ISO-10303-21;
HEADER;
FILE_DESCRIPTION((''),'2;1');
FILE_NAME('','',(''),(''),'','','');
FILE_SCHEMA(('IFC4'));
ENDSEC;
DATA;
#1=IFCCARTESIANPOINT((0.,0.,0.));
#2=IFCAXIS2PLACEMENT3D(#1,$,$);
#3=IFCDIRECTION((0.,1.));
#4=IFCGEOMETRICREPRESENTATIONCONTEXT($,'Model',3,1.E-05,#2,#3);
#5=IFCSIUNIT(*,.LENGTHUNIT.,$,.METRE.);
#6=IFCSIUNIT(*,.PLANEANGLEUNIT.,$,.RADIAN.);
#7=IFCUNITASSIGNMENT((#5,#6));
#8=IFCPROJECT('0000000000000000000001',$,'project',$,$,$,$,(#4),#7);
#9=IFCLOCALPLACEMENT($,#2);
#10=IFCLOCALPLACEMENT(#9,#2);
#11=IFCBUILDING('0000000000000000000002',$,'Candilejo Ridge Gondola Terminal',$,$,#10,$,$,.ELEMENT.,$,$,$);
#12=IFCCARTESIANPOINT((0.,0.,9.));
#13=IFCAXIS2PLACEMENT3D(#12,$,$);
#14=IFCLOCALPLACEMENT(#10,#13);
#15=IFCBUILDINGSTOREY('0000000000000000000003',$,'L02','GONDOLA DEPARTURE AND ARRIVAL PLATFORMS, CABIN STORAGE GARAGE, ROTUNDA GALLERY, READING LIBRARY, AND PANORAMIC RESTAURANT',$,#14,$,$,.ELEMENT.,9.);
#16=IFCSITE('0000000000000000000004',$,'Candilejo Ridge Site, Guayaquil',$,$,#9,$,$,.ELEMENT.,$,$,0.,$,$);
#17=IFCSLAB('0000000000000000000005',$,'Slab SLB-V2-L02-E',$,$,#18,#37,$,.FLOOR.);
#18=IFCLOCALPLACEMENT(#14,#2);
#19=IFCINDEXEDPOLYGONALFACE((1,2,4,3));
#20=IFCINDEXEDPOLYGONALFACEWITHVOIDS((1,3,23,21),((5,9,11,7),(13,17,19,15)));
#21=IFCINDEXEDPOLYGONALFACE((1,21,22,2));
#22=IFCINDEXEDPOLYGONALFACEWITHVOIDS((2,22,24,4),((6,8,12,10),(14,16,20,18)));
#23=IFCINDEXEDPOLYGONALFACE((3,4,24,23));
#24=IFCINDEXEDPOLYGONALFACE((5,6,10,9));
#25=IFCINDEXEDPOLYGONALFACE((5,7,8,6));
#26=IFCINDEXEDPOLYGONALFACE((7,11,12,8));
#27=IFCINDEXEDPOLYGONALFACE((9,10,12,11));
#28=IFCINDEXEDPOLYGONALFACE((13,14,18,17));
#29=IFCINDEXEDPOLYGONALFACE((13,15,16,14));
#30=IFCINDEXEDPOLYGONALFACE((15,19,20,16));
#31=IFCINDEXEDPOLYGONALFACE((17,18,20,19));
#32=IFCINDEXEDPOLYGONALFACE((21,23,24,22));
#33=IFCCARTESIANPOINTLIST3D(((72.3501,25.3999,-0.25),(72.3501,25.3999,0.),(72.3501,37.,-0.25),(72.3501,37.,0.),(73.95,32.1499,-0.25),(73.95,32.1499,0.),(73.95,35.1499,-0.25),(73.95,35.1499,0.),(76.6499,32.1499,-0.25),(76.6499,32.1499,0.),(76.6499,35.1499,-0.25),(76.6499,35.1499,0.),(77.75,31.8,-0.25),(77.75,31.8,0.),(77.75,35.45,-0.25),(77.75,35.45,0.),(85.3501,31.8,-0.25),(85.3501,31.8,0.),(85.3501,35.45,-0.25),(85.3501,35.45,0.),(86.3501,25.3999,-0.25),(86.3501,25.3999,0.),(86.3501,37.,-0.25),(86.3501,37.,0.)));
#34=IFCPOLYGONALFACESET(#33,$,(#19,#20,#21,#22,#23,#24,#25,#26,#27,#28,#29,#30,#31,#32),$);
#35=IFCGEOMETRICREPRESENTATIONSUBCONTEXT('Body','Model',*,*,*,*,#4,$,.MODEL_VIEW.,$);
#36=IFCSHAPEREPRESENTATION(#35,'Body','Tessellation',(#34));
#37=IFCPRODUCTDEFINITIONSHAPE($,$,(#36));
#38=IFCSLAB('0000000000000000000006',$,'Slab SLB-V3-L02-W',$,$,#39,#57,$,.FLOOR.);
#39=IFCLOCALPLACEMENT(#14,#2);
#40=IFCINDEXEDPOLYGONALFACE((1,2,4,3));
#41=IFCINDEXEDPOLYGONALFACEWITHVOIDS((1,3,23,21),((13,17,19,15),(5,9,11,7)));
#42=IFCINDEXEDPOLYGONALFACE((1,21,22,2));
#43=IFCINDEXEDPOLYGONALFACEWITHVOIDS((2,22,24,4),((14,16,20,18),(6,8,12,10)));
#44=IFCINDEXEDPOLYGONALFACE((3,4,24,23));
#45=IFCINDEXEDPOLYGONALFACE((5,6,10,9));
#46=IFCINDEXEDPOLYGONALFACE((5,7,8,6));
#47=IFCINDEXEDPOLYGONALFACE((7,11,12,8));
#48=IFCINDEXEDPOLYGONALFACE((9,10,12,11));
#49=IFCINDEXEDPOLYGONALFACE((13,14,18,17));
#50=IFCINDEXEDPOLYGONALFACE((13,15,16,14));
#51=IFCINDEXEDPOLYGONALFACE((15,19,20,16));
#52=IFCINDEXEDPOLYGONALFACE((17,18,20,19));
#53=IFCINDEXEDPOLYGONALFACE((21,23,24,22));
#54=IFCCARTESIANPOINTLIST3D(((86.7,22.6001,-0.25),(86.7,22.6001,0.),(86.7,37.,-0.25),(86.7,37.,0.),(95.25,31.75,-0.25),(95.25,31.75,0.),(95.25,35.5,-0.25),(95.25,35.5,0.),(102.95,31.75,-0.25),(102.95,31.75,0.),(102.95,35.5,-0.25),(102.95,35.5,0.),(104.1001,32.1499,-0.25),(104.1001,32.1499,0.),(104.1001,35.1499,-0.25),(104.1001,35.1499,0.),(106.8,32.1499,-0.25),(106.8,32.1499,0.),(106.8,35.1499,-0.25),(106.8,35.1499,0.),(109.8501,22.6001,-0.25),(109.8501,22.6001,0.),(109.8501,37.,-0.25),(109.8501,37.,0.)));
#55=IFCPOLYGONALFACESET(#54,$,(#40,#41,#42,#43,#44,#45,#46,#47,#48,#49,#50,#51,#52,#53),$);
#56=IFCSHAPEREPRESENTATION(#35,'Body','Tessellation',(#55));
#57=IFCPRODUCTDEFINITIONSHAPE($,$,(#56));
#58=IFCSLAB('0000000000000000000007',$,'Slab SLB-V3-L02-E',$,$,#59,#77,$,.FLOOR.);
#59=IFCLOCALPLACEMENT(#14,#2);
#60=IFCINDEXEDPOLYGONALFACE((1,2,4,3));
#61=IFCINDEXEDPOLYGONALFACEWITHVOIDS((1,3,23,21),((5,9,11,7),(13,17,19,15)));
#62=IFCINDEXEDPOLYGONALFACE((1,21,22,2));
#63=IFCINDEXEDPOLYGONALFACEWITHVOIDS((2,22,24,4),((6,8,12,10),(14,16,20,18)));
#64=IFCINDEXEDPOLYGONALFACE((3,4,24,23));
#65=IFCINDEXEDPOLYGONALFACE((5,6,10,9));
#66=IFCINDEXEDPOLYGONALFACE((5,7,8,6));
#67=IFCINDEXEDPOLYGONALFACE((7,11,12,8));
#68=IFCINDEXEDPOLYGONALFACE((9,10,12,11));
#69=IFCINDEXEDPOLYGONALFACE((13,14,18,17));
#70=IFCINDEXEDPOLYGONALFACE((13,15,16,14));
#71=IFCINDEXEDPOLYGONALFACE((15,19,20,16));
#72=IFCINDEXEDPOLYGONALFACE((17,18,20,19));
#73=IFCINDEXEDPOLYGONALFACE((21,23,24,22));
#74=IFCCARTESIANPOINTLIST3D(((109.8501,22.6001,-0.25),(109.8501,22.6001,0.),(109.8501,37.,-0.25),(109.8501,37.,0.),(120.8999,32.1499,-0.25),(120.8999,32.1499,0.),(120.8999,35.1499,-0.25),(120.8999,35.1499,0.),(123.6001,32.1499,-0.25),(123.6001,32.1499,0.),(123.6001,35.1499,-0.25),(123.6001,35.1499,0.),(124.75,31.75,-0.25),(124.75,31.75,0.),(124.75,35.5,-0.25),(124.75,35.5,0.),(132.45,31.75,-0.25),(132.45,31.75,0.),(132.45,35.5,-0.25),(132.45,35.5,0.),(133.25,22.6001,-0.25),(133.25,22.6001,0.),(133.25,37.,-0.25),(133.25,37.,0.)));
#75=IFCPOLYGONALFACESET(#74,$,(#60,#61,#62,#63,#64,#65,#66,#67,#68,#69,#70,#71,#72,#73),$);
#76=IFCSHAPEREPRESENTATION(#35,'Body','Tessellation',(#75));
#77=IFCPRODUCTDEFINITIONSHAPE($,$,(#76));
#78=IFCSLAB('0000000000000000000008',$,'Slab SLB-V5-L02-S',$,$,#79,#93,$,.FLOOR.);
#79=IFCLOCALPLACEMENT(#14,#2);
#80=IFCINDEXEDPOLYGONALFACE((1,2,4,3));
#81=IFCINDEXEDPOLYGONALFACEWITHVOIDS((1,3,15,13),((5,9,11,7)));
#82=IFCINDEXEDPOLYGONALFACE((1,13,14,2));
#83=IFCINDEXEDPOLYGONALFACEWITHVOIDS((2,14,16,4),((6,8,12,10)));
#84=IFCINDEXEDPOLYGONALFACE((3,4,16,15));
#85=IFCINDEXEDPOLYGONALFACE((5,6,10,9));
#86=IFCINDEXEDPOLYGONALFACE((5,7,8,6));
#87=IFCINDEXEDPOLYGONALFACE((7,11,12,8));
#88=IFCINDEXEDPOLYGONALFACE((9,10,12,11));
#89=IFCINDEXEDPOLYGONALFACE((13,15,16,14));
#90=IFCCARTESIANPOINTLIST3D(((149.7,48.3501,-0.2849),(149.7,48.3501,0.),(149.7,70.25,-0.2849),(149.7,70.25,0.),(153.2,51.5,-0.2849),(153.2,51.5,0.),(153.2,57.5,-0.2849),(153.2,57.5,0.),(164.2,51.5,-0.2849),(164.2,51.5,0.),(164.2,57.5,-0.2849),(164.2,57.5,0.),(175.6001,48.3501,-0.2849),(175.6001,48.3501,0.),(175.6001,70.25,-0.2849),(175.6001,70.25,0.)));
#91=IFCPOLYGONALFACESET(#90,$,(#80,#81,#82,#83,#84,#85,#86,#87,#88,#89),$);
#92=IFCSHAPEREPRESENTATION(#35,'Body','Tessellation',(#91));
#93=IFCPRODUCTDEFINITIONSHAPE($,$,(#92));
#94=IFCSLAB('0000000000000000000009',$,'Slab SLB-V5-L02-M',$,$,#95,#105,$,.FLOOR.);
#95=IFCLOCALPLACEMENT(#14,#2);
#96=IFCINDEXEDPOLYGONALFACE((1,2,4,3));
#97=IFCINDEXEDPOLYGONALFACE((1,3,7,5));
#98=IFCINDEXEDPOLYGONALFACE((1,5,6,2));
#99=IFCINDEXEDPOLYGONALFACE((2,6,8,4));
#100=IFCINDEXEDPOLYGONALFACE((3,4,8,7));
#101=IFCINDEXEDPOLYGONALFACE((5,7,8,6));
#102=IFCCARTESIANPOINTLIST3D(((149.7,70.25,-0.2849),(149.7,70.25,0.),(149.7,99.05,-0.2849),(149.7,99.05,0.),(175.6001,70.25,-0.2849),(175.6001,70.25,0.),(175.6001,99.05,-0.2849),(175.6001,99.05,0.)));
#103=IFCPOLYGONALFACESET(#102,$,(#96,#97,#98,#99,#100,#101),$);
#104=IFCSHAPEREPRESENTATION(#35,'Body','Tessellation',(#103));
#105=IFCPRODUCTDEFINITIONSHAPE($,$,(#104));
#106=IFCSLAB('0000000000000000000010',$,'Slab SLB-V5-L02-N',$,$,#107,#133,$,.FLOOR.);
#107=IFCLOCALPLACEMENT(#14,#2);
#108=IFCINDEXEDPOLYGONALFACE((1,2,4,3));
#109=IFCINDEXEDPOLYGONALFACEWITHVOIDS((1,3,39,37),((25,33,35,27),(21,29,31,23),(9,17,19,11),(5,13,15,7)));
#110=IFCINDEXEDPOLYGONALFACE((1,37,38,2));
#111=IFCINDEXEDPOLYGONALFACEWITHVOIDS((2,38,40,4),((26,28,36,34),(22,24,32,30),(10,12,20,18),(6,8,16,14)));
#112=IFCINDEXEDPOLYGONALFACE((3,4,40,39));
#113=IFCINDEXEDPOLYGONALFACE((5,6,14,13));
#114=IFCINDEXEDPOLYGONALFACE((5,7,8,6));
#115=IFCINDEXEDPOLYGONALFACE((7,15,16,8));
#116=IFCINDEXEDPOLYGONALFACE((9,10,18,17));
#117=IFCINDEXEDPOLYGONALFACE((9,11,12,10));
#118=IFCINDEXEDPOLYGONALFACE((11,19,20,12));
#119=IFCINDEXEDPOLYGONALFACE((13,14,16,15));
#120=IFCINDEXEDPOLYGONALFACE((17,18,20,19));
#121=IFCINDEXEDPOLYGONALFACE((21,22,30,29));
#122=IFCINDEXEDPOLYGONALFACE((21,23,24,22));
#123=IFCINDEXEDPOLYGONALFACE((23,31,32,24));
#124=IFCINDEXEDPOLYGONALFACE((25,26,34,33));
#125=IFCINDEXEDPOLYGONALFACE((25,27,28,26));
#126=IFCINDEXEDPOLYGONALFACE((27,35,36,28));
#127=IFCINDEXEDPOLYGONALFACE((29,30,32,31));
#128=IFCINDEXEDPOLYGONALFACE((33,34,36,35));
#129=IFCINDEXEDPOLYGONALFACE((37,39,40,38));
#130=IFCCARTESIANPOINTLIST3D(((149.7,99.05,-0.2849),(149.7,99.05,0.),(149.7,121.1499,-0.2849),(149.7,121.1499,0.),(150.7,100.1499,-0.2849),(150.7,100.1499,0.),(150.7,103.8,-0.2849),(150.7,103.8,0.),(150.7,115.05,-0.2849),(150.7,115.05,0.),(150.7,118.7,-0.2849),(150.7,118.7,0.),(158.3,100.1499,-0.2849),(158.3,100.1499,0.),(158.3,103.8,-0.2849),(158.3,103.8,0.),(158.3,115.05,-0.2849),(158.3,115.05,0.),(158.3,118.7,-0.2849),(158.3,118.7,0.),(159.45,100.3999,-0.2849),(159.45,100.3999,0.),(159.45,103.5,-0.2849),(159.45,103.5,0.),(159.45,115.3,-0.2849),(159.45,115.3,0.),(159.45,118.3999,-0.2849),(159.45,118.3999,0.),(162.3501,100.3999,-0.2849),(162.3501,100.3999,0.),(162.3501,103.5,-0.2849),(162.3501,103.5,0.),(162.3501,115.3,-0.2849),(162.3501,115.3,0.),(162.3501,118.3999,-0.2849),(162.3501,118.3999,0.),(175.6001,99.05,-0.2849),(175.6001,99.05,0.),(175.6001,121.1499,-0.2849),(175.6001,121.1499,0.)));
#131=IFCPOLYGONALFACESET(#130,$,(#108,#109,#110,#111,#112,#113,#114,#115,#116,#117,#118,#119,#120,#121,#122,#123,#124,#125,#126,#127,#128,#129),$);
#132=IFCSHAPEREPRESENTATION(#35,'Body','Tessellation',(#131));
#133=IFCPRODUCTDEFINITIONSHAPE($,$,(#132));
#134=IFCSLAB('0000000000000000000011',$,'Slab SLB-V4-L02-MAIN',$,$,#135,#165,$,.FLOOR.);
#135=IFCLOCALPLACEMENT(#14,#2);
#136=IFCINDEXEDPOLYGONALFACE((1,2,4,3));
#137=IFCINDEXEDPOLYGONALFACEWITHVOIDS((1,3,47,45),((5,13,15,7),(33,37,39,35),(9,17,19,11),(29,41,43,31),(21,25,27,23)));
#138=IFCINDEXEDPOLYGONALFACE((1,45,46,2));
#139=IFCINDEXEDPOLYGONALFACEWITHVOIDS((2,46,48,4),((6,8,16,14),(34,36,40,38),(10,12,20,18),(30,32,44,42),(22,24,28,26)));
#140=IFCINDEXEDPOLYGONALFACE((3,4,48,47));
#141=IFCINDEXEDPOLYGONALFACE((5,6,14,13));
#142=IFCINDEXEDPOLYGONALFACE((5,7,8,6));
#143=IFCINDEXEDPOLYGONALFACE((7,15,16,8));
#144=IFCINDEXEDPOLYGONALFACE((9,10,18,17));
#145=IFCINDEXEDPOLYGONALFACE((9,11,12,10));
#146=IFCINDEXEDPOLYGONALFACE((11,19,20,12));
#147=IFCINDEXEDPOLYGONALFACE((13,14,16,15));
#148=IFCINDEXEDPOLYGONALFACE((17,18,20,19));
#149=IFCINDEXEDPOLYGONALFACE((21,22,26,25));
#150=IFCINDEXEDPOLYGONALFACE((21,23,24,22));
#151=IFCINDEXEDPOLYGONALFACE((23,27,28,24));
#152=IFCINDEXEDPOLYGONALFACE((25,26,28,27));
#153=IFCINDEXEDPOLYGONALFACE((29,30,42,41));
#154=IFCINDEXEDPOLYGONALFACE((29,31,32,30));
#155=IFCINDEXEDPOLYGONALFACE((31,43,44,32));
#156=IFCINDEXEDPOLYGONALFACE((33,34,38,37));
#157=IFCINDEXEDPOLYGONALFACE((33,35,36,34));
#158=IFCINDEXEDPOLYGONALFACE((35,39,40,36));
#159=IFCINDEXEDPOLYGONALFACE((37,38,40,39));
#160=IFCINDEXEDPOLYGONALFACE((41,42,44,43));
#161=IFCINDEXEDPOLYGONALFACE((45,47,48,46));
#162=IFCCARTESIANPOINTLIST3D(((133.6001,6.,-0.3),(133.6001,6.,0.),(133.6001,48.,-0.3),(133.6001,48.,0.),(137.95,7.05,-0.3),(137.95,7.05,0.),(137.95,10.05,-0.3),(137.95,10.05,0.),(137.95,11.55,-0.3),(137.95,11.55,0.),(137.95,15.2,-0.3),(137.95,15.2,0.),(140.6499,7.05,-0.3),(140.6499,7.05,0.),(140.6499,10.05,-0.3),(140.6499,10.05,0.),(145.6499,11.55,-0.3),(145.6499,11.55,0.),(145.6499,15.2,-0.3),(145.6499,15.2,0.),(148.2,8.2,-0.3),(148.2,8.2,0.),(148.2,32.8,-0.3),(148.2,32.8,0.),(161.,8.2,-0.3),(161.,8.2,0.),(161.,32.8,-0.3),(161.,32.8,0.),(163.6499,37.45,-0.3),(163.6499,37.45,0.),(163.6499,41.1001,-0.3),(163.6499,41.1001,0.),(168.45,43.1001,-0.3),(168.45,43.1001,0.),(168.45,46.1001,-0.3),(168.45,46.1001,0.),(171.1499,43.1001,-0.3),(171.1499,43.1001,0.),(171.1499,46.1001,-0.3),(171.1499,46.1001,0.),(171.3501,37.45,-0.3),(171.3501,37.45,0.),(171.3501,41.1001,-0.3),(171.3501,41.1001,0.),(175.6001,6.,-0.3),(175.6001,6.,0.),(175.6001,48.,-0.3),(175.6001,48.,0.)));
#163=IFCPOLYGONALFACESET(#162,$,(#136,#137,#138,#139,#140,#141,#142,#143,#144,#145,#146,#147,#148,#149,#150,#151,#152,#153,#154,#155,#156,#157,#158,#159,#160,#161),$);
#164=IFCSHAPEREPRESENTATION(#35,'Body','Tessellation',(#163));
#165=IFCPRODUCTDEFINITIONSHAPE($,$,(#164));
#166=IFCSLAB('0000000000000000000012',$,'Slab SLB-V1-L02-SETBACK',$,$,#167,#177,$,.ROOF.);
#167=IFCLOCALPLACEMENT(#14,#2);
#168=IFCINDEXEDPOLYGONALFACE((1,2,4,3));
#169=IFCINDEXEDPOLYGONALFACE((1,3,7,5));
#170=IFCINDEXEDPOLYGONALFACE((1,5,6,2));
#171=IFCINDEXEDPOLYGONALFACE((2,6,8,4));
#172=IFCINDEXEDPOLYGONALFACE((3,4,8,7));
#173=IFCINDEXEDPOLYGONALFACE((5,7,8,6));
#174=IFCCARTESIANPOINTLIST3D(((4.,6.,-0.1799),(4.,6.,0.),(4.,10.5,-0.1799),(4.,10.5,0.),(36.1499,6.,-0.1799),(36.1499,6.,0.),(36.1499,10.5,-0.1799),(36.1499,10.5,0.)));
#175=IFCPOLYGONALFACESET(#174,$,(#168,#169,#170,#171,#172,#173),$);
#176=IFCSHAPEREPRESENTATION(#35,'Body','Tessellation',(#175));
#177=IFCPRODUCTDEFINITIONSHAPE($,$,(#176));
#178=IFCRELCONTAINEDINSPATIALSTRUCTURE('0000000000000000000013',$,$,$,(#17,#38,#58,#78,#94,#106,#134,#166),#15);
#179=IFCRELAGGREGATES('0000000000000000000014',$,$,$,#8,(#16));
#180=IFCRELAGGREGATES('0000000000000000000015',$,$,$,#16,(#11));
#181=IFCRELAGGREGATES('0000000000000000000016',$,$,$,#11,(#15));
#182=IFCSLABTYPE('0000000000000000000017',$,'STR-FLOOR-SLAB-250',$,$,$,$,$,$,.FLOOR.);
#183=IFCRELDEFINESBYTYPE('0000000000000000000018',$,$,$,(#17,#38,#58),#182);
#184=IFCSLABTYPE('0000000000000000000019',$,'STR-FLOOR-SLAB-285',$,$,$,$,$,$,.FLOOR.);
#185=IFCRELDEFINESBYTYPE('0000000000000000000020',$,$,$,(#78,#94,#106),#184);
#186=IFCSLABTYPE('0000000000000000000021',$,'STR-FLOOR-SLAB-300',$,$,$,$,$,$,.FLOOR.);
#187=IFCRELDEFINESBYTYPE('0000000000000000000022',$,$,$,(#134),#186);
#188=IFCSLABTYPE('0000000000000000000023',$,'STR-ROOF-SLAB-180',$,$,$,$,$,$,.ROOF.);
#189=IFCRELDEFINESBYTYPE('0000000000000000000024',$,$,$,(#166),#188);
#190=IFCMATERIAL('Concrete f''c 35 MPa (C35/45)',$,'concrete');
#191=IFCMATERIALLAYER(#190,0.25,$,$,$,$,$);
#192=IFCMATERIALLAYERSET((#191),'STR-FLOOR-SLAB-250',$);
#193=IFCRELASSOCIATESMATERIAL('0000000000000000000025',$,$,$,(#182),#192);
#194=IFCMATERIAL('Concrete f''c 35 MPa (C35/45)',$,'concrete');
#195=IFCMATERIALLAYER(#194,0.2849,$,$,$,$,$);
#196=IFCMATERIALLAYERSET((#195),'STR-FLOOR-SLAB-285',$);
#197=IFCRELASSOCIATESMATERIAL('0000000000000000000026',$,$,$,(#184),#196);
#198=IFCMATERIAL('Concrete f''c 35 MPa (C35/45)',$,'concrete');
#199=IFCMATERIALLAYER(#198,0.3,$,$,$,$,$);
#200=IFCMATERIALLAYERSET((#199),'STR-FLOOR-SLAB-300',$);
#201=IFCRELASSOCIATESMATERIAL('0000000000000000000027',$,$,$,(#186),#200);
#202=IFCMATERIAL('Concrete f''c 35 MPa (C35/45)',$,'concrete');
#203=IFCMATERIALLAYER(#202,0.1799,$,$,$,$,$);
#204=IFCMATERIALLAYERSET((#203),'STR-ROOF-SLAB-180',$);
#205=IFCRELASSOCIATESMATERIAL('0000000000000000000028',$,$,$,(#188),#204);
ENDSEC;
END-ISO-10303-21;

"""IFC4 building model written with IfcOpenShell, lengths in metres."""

from ifc_helpers import new_model, si_unit, direction, frame, origin, place, context, subcontext, project, spatial, polyline, outline, extrude, material, layer, layer_set, type_object, element, save


model = new_model("IFC4")

# Units and contexts
model_context = context("Model", 3, precision=1e-05, world=origin(), true_north=direction((0.0, 1.0)))
body_context = subcontext(model_context, "Body", "Model", "MODEL_VIEW")
ifc_project = project(units=[si_unit("LENGTHUNIT", "METRE"), si_unit("PLANEANGLEUNIT", "RADIAN")], contexts=[model_context])

# Site, building, storey
site_placement = place(None, origin())
site = spatial("IfcSite", under=ifc_project, at=site_placement, Name="Candilejo Ridge Site, Guayaquil", CompositionType="ELEMENT", RefElevation=0.0)
building_placement = place(site_placement, origin())
building = spatial("IfcBuilding", under=site, at=building_placement, Name="Candilejo Ridge Gondola Terminal", CompositionType="ELEMENT")
storey_placement = place(building_placement, frame((0.0, 0.0, 9.0)))
storey = spatial("IfcBuildingStorey", under=building, at=storey_placement, Name="L02", Description="GONDOLA DEPARTURE AND ARRIVAL PLATFORMS, CABIN STORAGE GARAGE, ROTUNDA GALLERY, READING LIBRARY, AND PANORAMIC RESTAURANT", CompositionType="ELEMENT", Elevation=9.0)

# Slabs
ifc_material_1 = material(Name="Concrete f'c 35 MPa (C35/45)", Category="concrete")
ifc_layer_1 = layer(ifc_material_1, 0.25)
ifc_layer_set_1 = layer_set([ifc_layer_1], Name="STR-FLOOR-SLAB-250")
slab_type_1 = type_object("IfcSlabType", Name="STR-FLOOR-SLAB-250", PredefinedType="FLOOR", material=ifc_layer_set_1)
slab_1_placement = place(storey_placement, frame((0.0, 0.0, -0.25)))
element("IfcSlab", 1, at=slab_1_placement, inside=storey, type_object=slab_type_1, Name="Slab SLB-V2-L02-E", PredefinedType="FLOOR", context=body_context, shape_type="SweptSolid", body=[
    extrude(outline(polyline([(72.3501, 25.3999), (86.3501, 25.3999), (86.3501, 37.0), (72.3501, 37.0), (72.3501, 25.3999)]), holes=[polyline([(77.75, 31.8), (85.3501, 31.8), (85.3501, 35.45), (77.75, 35.45), (77.75, 31.8)]), polyline([(73.95, 32.1499), (76.6499, 32.1499), (76.6499, 35.1499), (73.95, 35.1499), (73.95, 32.1499)])]), origin(), (0.0, 0.0, 1.0), 0.25),
])
slab_2_placement = place(storey_placement, frame((0.0, 0.0, -0.25)))
element("IfcSlab", 2, at=slab_2_placement, inside=storey, type_object=slab_type_1, Name="Slab SLB-V3-L02-W", PredefinedType="FLOOR", context=body_context, shape_type="SweptSolid", body=[
    extrude(outline(polyline([(86.7, 22.6001), (109.8501, 22.6001), (109.8501, 37.0), (86.7, 37.0), (86.7, 22.6001)]), holes=[polyline([(95.25, 31.75), (102.95, 31.75), (102.95, 35.5), (95.25, 35.5), (95.25, 31.75)]), polyline([(104.1001, 32.1499), (106.8, 32.1499), (106.8, 35.1499), (104.1001, 35.1499), (104.1001, 32.1499)])]), origin(), (0.0, 0.0, 1.0), 0.25),
])
slab_3_placement = place(storey_placement, frame((0.0, 0.0, -0.25)))
element("IfcSlab", 3, at=slab_3_placement, inside=storey, type_object=slab_type_1, Name="Slab SLB-V3-L02-E", PredefinedType="FLOOR", context=body_context, shape_type="SweptSolid", body=[
    extrude(outline(polyline([(109.8501, 22.6001), (133.25, 22.6001), (133.25, 37.0), (109.8501, 37.0), (109.8501, 22.6001)]), holes=[polyline([(124.75, 31.75), (132.45, 31.75), (132.45, 35.5), (124.75, 35.5), (124.75, 31.75)]), polyline([(120.8999, 32.1499), (123.6001, 32.1499), (123.6001, 35.1499), (120.8999, 35.1499), (120.8999, 32.1499)])]), origin(), (0.0, 0.0, 1.0), 0.25),
])
ifc_material_2 = material(Name="Concrete f'c 35 MPa (C35/45)", Category="concrete")
ifc_layer_2 = layer(ifc_material_2, 0.2849)
ifc_layer_set_2 = layer_set([ifc_layer_2], Name="STR-FLOOR-SLAB-285")
slab_type_2 = type_object("IfcSlabType", Name="STR-FLOOR-SLAB-285", PredefinedType="FLOOR", material=ifc_layer_set_2)
slab_4_placement = place(storey_placement, frame((0.0, 0.0, -0.2849)))
element("IfcSlab", 4, at=slab_4_placement, inside=storey, type_object=slab_type_2, Name="Slab SLB-V5-L02-S", PredefinedType="FLOOR", context=body_context, shape_type="SweptSolid", body=[
    extrude(outline(polyline([(149.7, 48.3501), (175.6001, 48.3501), (175.6001, 70.25), (149.7, 70.25), (149.7, 48.3501)]), holes=[polyline([(153.2, 51.5), (164.2, 51.5), (164.2, 57.5), (153.2, 57.5), (153.2, 51.5)])]), origin(), (0.0, 0.0, 1.0), 0.2849),
])
slab_5_placement = place(storey_placement, frame((0.0, 0.0, -0.2849)))
element("IfcSlab", 5, at=slab_5_placement, inside=storey, type_object=slab_type_2, Name="Slab SLB-V5-L02-M", PredefinedType="FLOOR", context=body_context, shape_type="SweptSolid", body=[
    extrude(outline(polyline([(149.7, 70.25), (175.6001, 70.25), (175.6001, 99.05), (149.7, 99.05), (149.7, 70.25)])), origin(), (0.0, 0.0, 1.0), 0.2849),
])
slab_6_placement = place(storey_placement, frame((0.0, 0.0, -0.2849)))
element("IfcSlab", 6, at=slab_6_placement, inside=storey, type_object=slab_type_2, Name="Slab SLB-V5-L02-N", PredefinedType="FLOOR", context=body_context, shape_type="SweptSolid", body=[
    extrude(outline(polyline([(149.7, 99.05), (175.6001, 99.05), (175.6001, 121.1499), (149.7, 121.1499), (149.7, 99.05)]), holes=[polyline([(150.7, 100.1499), (158.3, 100.1499), (158.3, 103.8), (150.7, 103.8), (150.7, 100.1499)]), polyline([(159.45, 100.3999), (162.3501, 100.3999), (162.3501, 103.5), (159.45, 103.5), (159.45, 100.3999)]), polyline([(150.7, 115.05), (158.3, 115.05), (158.3, 118.7), (150.7, 118.7), (150.7, 115.05)]), polyline([(159.45, 115.3), (162.3501, 115.3), (162.3501, 118.3999), (159.45, 118.3999), (159.45, 115.3)])]), origin(), (0.0, 0.0, 1.0), 0.2849),
])
ifc_material_3 = material(Name="Concrete f'c 35 MPa (C35/45)", Category="concrete")
ifc_layer_3 = layer(ifc_material_3, 0.3)
ifc_layer_set_3 = layer_set([ifc_layer_3], Name="STR-FLOOR-SLAB-300")
slab_type_3 = type_object("IfcSlabType", Name="STR-FLOOR-SLAB-300", PredefinedType="FLOOR", material=ifc_layer_set_3)
slab_7_placement = place(storey_placement, frame((0.0, 0.0, -0.3)))
element("IfcSlab", 7, at=slab_7_placement, inside=storey, type_object=slab_type_3, Name="Slab SLB-V4-L02-MAIN", PredefinedType="FLOOR", context=body_context, shape_type="SweptSolid", body=[
    extrude(outline(polyline([(133.6001, 6.0), (175.6001, 6.0), (175.6001, 48.0), (133.6001, 48.0), (133.6001, 6.0)]), holes=[polyline([(137.95, 11.55), (145.6499, 11.55), (145.6499, 15.2), (137.95, 15.2), (137.95, 11.55)]), polyline([(137.95, 7.05), (140.6499, 7.05), (140.6499, 10.05), (137.95, 10.05), (137.95, 7.05)]), polyline([(163.6499, 37.45), (171.3501, 37.45), (171.3501, 41.1001), (163.6499, 41.1001), (163.6499, 37.45)]), polyline([(168.45, 43.1001), (171.1499, 43.1001), (171.1499, 46.1001), (168.45, 46.1001), (168.45, 43.1001)]), polyline([(148.2, 8.2), (161.0, 8.2), (161.0, 32.8), (148.2, 32.8), (148.2, 8.2)])]), origin(), (0.0, 0.0, 1.0), 0.3),
])
ifc_material_4 = material(Name="Concrete f'c 35 MPa (C35/45)", Category="concrete")
ifc_layer_4 = layer(ifc_material_4, 0.1799)
ifc_layer_set_4 = layer_set([ifc_layer_4], Name="STR-ROOF-SLAB-180")
slab_type_4 = type_object("IfcSlabType", Name="STR-ROOF-SLAB-180", PredefinedType="ROOF", material=ifc_layer_set_4)
slab_8_placement = place(storey_placement, frame((0.0, 0.0, -0.1799)))
element("IfcSlab", 8, at=slab_8_placement, inside=storey, type_object=slab_type_4, Name="Slab SLB-V1-L02-SETBACK", PredefinedType="ROOF", context=body_context, shape_type="SweptSolid", body=[
    extrude(outline(polyline([(4.0, 6.0), (36.1499, 6.0), (36.1499, 10.5), (4.0, 10.5), (4.0, 6.0)])), origin(), (0.0, 0.0, 1.0), 0.1799),
])

save(model, "model.ifc")
